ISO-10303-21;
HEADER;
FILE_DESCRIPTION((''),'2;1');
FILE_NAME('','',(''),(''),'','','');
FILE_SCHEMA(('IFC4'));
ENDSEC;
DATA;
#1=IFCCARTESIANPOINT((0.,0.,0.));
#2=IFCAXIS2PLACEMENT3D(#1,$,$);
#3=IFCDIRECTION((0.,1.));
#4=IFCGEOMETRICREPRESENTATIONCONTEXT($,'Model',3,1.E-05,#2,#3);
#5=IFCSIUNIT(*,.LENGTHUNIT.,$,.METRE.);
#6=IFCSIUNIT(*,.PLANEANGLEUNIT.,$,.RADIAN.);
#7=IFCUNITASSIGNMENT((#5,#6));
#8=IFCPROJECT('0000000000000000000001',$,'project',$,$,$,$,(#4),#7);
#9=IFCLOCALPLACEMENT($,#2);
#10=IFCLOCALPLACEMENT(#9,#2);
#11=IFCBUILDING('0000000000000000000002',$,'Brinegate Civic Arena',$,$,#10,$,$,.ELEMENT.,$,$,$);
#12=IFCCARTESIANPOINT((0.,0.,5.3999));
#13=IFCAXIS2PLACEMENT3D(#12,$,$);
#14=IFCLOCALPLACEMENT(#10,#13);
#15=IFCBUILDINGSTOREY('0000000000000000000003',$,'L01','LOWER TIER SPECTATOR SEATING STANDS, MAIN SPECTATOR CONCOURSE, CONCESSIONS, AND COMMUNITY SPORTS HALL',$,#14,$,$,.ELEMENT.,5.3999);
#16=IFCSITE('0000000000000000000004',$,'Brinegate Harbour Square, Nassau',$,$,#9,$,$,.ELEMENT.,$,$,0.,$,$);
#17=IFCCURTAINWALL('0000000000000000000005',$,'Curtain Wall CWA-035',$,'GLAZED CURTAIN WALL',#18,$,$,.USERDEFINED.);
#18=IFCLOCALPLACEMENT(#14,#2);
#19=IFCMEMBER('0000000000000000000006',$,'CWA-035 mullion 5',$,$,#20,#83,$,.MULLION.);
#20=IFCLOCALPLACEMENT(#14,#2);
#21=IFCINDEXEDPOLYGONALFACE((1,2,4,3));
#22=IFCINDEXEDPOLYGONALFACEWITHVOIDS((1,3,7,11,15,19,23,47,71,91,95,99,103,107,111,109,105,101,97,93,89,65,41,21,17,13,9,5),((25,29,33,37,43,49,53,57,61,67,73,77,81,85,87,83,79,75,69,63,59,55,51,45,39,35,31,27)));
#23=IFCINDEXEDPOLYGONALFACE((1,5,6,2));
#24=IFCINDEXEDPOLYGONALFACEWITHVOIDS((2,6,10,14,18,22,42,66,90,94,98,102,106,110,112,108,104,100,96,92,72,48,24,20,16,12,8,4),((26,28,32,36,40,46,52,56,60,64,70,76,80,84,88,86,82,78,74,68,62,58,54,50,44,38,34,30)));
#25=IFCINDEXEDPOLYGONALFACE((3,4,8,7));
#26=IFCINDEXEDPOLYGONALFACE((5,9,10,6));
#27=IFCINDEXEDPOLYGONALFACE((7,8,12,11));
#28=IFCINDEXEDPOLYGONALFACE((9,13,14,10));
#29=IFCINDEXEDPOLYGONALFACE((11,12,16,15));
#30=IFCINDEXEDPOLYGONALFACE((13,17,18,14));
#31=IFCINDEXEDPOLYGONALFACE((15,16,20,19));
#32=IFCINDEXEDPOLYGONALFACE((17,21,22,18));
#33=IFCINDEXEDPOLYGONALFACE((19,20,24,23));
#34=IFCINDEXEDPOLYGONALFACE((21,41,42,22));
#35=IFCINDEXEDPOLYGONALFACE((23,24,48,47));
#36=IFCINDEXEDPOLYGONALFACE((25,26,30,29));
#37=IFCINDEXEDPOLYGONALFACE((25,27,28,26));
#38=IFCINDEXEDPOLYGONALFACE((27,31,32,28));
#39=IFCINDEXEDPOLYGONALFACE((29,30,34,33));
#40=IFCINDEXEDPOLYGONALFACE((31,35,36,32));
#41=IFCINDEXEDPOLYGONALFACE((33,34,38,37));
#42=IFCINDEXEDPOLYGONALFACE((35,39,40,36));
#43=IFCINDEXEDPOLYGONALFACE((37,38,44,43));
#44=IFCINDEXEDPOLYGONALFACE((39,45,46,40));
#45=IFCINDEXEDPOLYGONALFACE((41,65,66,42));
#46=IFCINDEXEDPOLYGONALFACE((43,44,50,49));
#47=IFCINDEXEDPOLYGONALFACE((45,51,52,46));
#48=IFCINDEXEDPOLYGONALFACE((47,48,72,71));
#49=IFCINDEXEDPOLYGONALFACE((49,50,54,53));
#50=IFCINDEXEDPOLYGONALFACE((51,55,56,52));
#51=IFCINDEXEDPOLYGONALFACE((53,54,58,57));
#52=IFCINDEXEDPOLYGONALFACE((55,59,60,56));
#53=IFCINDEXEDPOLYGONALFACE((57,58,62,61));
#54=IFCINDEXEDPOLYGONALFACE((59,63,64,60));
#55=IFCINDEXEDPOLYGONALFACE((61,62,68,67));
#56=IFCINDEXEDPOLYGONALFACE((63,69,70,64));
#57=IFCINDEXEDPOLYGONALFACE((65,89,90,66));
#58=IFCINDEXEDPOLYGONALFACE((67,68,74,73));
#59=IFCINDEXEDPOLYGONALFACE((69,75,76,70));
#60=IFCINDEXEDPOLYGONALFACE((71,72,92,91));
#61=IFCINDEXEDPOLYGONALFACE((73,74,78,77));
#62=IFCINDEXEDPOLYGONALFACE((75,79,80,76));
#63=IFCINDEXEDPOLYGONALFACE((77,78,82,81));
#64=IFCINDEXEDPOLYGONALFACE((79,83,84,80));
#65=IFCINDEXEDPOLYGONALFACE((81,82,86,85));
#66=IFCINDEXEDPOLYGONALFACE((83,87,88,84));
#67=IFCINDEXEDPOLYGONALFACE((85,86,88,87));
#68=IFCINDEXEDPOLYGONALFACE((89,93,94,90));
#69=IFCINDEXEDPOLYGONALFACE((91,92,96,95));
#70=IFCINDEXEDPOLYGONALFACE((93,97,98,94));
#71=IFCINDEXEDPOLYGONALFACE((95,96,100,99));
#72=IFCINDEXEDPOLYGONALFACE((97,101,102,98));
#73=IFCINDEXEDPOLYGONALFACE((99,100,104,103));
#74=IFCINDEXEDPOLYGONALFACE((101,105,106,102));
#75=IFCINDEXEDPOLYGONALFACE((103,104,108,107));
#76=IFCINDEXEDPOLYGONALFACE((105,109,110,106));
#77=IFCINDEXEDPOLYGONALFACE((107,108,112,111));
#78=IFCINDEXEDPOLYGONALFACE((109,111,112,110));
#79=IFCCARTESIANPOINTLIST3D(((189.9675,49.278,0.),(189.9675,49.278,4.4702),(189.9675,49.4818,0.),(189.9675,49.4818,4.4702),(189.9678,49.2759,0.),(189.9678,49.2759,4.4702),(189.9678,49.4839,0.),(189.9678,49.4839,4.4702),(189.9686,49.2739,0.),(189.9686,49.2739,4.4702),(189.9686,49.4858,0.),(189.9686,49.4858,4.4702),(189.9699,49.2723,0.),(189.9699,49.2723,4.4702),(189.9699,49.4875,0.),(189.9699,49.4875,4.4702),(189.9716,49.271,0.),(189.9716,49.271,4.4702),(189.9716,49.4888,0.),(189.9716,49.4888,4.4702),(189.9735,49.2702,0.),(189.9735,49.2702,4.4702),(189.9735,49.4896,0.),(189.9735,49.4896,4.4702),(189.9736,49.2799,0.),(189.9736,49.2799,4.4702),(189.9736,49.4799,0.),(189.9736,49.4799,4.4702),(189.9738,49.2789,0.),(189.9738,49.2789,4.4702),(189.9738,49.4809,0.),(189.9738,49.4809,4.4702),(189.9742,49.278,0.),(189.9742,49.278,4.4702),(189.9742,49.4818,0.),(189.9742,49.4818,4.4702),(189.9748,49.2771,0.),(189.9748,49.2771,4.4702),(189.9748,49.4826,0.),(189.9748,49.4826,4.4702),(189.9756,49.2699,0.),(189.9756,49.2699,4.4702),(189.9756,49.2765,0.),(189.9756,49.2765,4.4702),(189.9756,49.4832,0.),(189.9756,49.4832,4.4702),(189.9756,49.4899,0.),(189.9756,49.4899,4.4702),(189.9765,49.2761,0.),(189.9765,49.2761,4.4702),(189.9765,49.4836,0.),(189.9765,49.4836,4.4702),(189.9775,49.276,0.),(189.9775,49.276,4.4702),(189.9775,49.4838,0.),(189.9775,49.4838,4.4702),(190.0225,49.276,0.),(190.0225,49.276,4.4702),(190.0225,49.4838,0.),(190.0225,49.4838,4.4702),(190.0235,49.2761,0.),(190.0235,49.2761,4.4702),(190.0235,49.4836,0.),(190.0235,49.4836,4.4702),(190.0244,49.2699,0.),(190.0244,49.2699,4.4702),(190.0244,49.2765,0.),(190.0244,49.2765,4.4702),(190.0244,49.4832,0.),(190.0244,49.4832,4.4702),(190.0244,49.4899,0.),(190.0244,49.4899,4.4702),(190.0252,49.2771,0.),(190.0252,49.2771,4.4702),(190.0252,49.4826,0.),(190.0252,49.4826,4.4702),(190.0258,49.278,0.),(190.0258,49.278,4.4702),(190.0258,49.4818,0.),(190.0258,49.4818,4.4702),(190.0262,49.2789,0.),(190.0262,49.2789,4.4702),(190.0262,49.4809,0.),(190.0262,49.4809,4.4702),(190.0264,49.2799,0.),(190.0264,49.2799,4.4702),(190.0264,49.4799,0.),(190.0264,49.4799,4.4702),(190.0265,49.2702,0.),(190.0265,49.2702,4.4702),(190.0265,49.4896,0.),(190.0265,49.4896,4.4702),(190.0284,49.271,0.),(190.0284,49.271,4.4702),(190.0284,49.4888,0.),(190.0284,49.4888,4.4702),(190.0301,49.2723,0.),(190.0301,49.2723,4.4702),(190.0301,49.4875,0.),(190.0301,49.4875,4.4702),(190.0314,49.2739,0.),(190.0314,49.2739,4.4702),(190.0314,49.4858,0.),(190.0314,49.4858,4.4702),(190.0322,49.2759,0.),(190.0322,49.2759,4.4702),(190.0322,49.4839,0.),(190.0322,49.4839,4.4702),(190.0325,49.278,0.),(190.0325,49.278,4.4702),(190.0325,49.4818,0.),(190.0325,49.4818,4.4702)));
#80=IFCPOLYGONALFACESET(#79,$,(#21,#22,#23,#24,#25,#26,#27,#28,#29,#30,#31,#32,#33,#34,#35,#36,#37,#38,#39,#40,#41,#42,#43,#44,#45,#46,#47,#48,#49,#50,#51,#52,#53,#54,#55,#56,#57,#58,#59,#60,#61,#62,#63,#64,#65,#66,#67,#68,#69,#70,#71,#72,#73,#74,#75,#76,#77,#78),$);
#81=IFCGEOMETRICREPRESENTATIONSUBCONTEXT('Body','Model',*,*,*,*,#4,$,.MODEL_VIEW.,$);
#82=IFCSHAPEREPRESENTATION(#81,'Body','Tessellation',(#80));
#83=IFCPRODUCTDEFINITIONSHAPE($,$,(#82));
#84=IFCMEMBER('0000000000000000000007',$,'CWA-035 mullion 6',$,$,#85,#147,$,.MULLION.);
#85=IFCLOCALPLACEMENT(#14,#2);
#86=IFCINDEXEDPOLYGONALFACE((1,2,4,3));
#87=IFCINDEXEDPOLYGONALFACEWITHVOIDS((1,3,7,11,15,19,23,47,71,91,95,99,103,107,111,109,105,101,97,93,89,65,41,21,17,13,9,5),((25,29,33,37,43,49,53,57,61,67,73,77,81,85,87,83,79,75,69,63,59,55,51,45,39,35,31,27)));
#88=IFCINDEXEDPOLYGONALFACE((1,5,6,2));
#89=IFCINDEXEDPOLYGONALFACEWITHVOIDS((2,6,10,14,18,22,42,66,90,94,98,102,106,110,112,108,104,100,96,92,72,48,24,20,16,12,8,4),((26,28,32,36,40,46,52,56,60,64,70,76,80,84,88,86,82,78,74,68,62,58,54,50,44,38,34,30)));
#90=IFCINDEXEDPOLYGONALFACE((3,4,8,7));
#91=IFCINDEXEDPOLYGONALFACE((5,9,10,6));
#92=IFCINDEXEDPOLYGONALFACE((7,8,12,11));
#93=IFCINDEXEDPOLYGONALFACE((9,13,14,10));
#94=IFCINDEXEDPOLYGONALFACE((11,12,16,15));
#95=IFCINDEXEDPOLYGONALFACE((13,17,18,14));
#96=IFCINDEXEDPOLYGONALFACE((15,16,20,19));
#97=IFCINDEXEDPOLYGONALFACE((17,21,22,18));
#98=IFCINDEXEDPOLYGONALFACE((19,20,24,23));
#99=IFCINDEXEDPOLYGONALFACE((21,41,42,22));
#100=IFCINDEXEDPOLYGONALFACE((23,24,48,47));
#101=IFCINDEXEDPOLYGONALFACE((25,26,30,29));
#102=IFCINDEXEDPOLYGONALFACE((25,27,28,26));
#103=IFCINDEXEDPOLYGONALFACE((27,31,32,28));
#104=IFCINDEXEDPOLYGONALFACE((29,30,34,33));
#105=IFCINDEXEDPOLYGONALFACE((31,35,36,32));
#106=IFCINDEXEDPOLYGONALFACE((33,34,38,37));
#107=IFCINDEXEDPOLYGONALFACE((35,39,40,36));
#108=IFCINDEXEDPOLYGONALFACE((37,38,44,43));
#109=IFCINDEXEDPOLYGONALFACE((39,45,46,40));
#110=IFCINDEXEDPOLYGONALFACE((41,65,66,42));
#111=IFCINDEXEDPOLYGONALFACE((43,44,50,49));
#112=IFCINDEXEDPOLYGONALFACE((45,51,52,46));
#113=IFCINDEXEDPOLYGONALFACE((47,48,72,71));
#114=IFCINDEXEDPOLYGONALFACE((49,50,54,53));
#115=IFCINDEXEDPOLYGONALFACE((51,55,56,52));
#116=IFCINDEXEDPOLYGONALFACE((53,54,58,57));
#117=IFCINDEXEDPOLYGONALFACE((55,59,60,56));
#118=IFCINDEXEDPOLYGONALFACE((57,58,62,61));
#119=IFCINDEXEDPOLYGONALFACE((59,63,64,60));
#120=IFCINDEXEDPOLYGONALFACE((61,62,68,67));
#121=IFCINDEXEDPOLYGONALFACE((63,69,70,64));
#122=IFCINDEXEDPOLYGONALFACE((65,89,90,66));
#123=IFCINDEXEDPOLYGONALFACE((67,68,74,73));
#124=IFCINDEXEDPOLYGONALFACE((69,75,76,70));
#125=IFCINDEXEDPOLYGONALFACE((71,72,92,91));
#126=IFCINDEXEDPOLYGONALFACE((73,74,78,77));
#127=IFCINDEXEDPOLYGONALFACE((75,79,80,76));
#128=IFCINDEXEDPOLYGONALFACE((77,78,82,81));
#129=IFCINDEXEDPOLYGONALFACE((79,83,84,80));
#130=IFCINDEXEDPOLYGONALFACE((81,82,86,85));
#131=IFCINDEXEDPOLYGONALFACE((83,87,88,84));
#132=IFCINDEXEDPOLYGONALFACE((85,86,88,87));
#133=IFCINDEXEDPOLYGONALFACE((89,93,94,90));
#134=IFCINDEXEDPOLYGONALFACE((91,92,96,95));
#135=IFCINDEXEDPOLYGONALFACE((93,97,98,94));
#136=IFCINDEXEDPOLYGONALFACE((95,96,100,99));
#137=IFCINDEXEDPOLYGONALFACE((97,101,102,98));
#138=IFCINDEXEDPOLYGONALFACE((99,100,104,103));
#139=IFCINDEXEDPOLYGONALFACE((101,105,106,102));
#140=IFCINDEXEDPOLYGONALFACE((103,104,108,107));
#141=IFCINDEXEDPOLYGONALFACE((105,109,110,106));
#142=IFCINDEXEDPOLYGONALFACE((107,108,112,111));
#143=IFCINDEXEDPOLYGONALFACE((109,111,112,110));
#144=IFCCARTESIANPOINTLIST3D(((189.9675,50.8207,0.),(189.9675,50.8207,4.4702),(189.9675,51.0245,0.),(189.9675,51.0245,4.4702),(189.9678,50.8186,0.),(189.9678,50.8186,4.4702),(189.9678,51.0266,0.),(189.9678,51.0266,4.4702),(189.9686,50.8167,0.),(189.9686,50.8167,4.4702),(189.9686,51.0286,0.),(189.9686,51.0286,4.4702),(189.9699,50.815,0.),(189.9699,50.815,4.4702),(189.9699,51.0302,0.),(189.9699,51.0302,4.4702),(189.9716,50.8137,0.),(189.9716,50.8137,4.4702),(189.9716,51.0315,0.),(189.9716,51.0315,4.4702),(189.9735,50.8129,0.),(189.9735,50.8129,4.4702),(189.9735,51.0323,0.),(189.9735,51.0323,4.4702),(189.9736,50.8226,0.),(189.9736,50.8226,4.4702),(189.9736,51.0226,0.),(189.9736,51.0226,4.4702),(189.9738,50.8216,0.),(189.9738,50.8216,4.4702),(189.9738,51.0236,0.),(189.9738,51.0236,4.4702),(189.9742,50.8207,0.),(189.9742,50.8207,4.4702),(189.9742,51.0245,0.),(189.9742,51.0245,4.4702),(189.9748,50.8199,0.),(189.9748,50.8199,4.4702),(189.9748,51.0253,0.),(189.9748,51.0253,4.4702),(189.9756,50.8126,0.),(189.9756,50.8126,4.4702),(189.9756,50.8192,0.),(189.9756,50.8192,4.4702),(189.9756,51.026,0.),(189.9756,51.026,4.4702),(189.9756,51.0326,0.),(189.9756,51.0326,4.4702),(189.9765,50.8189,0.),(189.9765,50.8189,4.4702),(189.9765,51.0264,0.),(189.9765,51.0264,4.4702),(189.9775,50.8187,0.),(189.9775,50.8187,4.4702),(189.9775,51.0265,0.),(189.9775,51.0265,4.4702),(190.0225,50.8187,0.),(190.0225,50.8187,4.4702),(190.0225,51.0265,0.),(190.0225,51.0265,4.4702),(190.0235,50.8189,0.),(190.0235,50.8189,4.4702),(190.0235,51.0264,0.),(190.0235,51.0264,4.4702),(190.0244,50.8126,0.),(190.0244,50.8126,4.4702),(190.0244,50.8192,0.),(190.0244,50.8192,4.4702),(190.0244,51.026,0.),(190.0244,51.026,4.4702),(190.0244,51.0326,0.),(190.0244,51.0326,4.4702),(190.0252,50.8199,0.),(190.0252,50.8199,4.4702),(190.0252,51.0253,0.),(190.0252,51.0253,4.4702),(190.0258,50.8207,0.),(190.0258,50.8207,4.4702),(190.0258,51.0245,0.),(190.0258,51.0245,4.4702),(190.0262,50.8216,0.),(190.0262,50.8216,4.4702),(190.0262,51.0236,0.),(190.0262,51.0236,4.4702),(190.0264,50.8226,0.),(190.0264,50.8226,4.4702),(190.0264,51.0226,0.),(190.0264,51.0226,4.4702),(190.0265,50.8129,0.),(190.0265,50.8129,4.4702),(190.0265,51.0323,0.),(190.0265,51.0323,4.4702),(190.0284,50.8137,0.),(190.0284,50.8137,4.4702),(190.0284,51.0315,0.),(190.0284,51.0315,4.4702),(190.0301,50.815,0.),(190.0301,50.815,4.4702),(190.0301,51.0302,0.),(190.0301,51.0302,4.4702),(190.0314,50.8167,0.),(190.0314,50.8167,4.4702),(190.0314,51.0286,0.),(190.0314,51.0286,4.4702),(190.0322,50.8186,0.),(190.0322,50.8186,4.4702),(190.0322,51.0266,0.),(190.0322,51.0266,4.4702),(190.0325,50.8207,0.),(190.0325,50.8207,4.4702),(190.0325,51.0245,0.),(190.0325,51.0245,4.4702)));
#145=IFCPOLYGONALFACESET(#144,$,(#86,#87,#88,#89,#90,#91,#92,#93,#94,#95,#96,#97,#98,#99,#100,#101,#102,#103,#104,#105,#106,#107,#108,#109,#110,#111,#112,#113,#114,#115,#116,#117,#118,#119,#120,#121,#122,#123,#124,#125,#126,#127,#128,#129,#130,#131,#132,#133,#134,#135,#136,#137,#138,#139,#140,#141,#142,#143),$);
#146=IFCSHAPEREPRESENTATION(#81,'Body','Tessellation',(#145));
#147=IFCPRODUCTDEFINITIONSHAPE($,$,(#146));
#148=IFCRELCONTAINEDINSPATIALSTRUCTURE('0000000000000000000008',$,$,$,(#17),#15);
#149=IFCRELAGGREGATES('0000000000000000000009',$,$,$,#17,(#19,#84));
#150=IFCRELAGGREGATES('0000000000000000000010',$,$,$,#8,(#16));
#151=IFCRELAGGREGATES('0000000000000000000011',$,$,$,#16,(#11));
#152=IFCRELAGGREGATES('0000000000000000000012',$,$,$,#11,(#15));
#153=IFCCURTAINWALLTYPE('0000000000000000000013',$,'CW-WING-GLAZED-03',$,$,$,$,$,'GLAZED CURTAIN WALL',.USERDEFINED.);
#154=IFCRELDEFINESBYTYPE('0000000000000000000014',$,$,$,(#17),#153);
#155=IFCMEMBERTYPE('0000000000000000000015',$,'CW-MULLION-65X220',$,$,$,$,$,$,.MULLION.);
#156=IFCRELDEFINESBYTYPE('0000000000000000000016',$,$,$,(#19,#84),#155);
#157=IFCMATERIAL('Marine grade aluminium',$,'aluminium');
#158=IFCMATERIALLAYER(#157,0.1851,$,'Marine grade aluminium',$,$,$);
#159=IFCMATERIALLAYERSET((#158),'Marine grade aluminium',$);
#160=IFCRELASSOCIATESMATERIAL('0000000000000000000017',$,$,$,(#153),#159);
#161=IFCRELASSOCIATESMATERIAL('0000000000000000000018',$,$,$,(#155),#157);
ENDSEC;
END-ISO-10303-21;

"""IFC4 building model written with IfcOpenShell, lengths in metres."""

from ifc_helpers import new_model, si_unit, direction, frame, origin, origin_2d, place, context, subcontext, project, spatial, hollow_rectangle, extrude, material, layer, layer_set, material_profile, profile_set, type_object, element, aggregate, save


model = new_model("IFC4")

# Units and contexts
model_context = context("Model", 3, precision=1e-05, world=origin(), true_north=direction((0.0, 1.0)))
body_context = subcontext(model_context, "Body", "Model", "MODEL_VIEW")
ifc_project = project(units=[si_unit("LENGTHUNIT", "METRE"), si_unit("PLANEANGLEUNIT", "RADIAN")], contexts=[model_context])

# Site, building, storey
site_placement = place(None, origin())
site = spatial("IfcSite", under=ifc_project, at=site_placement, Name="Brinegate Harbour Square, Nassau", CompositionType="ELEMENT", RefElevation=0.0)
building_placement = place(site_placement, origin())
building = spatial("IfcBuilding", under=site, at=building_placement, Name="Brinegate Civic Arena", CompositionType="ELEMENT")
storey_placement = place(building_placement, frame((0.0, 0.0, 5.3999)))
storey = spatial("IfcBuildingStorey", under=building, at=storey_placement, Name="L01", Description="LOWER TIER SPECTATOR SEATING STANDS, MAIN SPECTATOR CONCOURSE, CONCESSIONS, AND COMMUNITY SPORTS HALL", CompositionType="ELEMENT", Elevation=5.3999)

# Curtain wall, members
ifc_material_1 = material(Name="Marine grade aluminium", Category="aluminium")
ifc_layer_1 = layer(ifc_material_1, 0.1851, Name="Marine grade aluminium")
ifc_layer_set_1 = layer_set([ifc_layer_1], Name="Marine grade aluminium")
curtain_wall_type = type_object("IfcCurtainWallType", Name="CW-WING-GLAZED-03", ElementType="GLAZED CURTAIN WALL", PredefinedType="USERDEFINED", material=ifc_layer_set_1)
curtain_wall_placement = place(storey_placement, origin())
curtain_wall = element("IfcCurtainWall", 1, at=curtain_wall_placement, inside=storey, type_object=curtain_wall_type, Name="Curtain Wall CWA-035", ObjectType="GLAZED CURTAIN WALL", PredefinedType="USERDEFINED")
ifc_material_profile_1 = material_profile(ifc_material_1, hollow_rectangle(XDim=0.0649, YDim=0.22, WallThickness=0.0061, InnerFilletRadius=0.0039, OuterFilletRadius=0.0081, at=origin_2d()), Name="MUL65X220")
ifc_profile_set_1 = profile_set([ifc_material_profile_1], Name="Marine grade aluminium")
member_type_1 = type_object("IfcMemberType", Name="CW-MULLION-65X220", PredefinedType="MULLION", material=ifc_profile_set_1)
member_1_placement = place(storey_placement, frame((190.0, 49.3799, 0.0), z_axis=(0.0, 0.0, 1.0), x_axis=(-1.0, 0.0, 0.0)))
member_1 = element("IfcMember", 2, at=member_1_placement, type_object=member_type_1, Name="CWA-035 mullion 5", PredefinedType="MULLION", context=body_context, shape_type="SweptSolid", body=[
    extrude(hollow_rectangle(XDim=0.0649, YDim=0.22, WallThickness=0.0061, InnerFilletRadius=0.0039, OuterFilletRadius=0.0081, at=origin_2d()), origin(), (0.0, 0.0, 1.0), 4.4702),
])
member_2_placement = place(storey_placement, frame((190.0, 50.9226, 0.0), z_axis=(0.0, 0.0, 1.0), x_axis=(-1.0, 0.0, 0.0)))
member_2 = element("IfcMember", 3, at=member_2_placement, type_object=member_type_1, Name="CWA-035 mullion 6", PredefinedType="MULLION", context=body_context, shape_type="SweptSolid", body=[
    extrude(hollow_rectangle(XDim=0.0649, YDim=0.22, WallThickness=0.0061, InnerFilletRadius=0.0039, OuterFilletRadius=0.0081, at=origin_2d()), origin(), (0.0, 0.0, 1.0), 4.4702),
])
aggregate(curtain_wall, [member_1, member_2])

save(model, "model.ifc")
